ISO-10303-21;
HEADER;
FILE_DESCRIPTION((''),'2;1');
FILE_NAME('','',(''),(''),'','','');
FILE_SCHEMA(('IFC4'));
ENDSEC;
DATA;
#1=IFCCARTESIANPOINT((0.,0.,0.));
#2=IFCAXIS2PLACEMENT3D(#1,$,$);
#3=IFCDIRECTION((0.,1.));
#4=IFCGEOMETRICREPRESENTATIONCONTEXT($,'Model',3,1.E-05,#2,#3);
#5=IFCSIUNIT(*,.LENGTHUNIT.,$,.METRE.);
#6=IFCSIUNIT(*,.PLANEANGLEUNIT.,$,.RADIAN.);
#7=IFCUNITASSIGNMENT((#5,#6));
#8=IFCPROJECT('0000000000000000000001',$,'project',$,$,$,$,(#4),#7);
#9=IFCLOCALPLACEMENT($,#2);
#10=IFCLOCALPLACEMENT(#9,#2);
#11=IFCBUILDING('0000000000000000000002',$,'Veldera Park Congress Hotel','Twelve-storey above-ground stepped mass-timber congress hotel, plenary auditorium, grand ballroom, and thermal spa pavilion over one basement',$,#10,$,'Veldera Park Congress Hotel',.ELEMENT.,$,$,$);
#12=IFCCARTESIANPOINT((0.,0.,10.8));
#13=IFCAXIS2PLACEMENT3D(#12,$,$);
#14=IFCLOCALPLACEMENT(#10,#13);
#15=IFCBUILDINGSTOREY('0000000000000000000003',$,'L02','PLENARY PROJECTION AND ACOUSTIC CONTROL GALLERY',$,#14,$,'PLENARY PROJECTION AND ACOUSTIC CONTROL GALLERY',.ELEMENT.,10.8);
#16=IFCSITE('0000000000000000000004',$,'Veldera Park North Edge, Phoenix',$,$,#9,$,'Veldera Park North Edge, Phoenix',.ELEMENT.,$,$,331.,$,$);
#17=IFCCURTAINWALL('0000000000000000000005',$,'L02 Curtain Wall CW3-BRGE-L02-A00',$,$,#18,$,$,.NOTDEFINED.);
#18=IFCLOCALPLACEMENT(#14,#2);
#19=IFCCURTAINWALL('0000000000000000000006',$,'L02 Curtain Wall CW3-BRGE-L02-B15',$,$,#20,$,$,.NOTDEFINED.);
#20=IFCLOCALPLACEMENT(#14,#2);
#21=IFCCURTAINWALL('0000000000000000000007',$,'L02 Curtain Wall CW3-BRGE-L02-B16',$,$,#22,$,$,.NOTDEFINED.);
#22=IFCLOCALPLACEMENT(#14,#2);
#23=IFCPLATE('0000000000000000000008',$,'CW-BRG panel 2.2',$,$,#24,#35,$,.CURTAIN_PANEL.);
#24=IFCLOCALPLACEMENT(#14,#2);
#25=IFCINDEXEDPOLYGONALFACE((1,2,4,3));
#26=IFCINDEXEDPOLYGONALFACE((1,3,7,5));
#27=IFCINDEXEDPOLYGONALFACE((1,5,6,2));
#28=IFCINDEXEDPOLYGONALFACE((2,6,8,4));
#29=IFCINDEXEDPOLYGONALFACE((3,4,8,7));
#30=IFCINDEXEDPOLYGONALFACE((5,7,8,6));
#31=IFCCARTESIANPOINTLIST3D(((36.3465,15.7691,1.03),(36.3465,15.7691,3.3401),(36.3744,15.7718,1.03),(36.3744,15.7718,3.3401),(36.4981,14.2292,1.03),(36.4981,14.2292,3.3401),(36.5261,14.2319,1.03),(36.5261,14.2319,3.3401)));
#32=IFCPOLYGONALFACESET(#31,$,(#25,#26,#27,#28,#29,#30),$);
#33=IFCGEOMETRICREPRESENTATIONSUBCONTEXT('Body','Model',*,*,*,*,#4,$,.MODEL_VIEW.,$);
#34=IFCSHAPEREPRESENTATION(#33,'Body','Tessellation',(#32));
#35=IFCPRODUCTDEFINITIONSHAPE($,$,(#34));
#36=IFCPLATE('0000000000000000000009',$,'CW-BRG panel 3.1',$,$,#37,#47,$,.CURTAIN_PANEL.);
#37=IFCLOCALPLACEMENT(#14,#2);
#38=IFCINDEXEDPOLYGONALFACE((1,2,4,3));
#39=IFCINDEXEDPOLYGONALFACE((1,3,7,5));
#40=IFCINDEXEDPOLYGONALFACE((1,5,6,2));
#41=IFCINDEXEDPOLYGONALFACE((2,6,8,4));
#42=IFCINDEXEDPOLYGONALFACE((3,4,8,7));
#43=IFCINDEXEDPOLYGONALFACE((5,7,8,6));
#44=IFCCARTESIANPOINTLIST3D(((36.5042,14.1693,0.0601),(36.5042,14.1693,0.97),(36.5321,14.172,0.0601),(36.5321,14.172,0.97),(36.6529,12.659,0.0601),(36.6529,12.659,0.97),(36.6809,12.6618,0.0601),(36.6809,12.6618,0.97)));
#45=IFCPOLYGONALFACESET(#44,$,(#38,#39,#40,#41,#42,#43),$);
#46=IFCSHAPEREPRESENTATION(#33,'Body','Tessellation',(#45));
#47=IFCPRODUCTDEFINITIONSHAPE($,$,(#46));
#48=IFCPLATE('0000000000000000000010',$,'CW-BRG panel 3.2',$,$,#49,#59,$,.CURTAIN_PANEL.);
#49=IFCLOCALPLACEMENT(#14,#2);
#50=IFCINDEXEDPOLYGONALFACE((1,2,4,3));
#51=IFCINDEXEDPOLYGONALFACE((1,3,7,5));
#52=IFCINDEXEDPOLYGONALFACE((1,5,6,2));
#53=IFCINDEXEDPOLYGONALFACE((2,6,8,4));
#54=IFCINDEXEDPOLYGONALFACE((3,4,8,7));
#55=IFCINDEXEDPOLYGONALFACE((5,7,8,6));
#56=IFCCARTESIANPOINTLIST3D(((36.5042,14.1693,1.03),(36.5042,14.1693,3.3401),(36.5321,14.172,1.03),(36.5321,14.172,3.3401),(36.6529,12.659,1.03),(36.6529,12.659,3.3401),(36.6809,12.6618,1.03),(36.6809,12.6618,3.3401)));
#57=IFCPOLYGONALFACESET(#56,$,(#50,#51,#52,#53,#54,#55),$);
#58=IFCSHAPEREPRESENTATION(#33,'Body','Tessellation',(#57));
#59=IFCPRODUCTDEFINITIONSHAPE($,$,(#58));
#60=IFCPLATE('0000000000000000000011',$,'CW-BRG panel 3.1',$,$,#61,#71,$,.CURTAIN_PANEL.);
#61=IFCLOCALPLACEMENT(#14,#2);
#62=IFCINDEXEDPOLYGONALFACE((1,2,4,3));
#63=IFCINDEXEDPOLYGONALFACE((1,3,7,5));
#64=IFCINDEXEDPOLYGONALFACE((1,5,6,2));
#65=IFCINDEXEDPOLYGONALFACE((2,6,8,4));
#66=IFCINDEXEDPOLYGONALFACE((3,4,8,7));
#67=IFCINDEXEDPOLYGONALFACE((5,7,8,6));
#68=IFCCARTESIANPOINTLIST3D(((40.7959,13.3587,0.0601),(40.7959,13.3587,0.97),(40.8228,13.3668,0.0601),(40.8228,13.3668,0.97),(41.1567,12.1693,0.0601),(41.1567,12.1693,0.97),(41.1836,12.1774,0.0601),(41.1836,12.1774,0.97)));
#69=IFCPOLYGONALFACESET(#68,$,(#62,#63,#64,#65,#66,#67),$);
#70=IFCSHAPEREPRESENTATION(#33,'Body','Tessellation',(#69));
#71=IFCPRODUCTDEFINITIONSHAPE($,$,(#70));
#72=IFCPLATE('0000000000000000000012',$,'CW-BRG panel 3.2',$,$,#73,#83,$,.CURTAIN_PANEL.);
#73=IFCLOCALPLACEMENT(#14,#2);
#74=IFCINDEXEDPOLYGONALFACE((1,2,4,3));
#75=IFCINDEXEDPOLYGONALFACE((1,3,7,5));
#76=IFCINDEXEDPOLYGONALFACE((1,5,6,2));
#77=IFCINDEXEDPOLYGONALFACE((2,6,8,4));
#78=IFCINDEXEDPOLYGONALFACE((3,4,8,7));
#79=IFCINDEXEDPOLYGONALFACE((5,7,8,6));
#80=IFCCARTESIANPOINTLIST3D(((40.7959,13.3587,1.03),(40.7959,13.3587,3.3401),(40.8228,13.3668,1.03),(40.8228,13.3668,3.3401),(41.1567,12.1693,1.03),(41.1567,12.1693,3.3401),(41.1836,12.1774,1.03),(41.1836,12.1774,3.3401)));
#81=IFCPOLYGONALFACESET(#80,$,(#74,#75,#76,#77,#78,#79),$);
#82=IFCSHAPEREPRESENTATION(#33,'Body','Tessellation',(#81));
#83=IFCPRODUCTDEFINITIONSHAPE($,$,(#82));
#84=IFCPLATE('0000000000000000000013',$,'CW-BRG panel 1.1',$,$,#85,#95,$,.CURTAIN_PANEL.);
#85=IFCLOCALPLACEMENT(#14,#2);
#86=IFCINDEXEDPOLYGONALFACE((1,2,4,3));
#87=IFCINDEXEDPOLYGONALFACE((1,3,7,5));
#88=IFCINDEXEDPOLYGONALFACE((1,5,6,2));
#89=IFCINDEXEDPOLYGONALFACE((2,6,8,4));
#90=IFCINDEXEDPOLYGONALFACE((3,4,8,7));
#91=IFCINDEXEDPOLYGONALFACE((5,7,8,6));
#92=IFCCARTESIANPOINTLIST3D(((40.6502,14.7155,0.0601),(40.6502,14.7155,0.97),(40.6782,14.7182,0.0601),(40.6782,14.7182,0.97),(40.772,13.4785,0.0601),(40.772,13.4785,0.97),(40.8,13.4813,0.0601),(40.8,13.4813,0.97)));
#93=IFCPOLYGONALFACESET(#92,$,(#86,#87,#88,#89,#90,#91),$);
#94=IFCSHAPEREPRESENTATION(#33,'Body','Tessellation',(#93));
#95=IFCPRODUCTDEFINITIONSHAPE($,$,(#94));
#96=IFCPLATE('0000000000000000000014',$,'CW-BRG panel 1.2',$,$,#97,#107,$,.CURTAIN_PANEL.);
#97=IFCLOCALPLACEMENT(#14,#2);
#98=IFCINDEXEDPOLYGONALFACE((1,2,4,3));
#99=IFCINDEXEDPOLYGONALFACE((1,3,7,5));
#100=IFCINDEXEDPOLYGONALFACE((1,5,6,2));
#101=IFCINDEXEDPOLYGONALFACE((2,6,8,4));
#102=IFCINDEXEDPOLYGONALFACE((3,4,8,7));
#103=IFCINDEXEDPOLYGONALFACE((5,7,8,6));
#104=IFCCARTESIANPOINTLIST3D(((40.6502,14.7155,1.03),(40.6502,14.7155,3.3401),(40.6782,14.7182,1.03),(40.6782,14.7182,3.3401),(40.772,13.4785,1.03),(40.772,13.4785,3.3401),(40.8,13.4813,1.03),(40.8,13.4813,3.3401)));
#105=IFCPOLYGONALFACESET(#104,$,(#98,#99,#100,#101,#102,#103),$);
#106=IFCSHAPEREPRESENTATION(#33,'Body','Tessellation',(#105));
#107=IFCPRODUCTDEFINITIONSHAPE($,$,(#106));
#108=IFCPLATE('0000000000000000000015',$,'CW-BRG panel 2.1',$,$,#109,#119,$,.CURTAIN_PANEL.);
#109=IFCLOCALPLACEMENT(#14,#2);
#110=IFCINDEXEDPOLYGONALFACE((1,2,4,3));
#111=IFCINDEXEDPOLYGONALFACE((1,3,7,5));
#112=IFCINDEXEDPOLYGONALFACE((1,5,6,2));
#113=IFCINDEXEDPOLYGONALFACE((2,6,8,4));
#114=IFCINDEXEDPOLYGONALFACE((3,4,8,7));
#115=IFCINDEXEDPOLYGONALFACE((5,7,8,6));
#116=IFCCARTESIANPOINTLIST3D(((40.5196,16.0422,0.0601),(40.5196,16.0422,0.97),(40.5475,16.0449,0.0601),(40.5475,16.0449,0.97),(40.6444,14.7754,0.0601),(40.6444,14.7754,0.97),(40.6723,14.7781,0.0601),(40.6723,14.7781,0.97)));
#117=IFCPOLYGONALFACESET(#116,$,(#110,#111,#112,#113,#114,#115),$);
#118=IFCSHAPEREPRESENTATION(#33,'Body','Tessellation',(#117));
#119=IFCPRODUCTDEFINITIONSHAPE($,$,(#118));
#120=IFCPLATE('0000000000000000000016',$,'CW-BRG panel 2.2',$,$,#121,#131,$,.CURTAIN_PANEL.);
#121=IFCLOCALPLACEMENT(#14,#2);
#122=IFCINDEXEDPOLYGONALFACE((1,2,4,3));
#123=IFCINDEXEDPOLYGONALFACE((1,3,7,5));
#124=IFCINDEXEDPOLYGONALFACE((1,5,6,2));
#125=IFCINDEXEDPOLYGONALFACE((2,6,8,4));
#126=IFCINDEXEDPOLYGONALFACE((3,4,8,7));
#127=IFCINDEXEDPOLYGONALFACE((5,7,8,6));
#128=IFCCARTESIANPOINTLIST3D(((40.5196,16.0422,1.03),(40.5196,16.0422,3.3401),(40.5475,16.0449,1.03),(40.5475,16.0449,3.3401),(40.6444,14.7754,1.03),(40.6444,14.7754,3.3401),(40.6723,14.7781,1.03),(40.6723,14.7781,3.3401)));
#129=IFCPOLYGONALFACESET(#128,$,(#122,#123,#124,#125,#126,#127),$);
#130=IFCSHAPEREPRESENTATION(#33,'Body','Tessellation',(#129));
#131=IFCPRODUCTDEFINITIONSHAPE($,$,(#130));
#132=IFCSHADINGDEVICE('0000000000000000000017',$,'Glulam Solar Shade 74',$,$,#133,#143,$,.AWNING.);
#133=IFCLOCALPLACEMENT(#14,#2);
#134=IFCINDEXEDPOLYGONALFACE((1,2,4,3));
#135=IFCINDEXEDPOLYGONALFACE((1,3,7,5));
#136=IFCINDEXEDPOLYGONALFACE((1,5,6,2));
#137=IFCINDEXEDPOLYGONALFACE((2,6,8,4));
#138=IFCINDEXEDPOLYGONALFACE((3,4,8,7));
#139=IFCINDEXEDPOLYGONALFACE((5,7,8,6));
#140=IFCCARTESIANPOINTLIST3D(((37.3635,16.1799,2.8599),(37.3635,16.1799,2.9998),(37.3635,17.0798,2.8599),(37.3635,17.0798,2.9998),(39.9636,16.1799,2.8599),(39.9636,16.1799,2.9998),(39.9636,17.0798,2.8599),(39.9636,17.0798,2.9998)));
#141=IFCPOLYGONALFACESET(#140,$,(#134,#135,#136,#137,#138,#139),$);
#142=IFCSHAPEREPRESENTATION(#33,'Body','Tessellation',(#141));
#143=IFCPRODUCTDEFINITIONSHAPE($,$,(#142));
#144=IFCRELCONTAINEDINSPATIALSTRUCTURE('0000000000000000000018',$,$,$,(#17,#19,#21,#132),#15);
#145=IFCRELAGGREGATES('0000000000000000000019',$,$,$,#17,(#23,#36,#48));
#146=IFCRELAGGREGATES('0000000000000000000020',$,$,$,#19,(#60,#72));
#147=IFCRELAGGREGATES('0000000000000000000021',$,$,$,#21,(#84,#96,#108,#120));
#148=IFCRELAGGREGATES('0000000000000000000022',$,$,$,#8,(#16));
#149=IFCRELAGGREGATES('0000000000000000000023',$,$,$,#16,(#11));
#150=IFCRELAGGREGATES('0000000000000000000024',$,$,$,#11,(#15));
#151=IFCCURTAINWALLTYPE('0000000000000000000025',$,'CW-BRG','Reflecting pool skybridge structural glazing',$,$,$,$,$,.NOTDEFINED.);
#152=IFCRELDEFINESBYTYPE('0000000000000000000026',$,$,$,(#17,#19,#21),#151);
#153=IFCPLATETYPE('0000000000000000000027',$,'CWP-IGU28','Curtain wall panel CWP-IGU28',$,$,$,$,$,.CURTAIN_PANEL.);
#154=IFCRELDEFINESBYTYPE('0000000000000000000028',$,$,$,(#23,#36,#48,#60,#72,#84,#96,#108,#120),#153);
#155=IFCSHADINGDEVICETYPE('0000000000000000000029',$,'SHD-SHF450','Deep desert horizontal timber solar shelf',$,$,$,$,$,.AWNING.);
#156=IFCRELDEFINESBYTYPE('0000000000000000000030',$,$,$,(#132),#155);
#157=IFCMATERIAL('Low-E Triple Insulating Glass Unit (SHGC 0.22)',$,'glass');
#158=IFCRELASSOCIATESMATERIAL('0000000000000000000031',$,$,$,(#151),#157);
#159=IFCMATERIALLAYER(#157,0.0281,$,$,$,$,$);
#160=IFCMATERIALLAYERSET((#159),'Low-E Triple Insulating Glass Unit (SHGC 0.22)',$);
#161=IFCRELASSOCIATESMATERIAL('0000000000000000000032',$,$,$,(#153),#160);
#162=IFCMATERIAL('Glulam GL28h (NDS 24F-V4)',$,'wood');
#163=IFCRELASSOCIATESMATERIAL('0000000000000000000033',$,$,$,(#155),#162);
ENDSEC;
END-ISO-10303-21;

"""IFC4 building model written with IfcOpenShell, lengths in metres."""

from ifc_helpers import new_model, si_unit, direction, frame, origin, origin_2d, place, context, subcontext, project, spatial, rectangle, extrude, material, layer, layer_set, type_object, element, aggregate, save


model = new_model("IFC4")

# Units and contexts
model_context = context("Model", 3, precision=1e-05, world=origin(), true_north=direction((0.0, 1.0)))
body_context = subcontext(model_context, "Body", "Model", "MODEL_VIEW")
ifc_project = project(units=[si_unit("LENGTHUNIT", "METRE"), si_unit("PLANEANGLEUNIT", "RADIAN")], contexts=[model_context])

# Site, building, storey
site_placement = place(None, origin())
site = spatial("IfcSite", under=ifc_project, at=site_placement, Name="Veldera Park North Edge, Phoenix", LongName="Veldera Park North Edge, Phoenix", CompositionType="ELEMENT", RefElevation=331.0)
building_placement = place(site_placement, origin())
building = spatial("IfcBuilding", under=site, at=building_placement, Name="Veldera Park Congress Hotel", Description="Twelve-storey above-ground stepped mass-timber congress hotel, plenary auditorium, grand ballroom, and thermal spa pavilion over one basement", LongName="Veldera Park Congress Hotel", CompositionType="ELEMENT")
storey_placement = place(building_placement, frame((0.0, 0.0, 10.8)))
storey = spatial("IfcBuildingStorey", under=building, at=storey_placement, Name="L02", Description="PLENARY PROJECTION AND ACOUSTIC CONTROL GALLERY", LongName="PLENARY PROJECTION AND ACOUSTIC CONTROL GALLERY", CompositionType="ELEMENT", Elevation=10.8)

# Curtain wall
ifc_material_1 = material(Name="Low-E Triple Insulating Glass Unit (SHGC 0.22)", Category="glass")
curtain_wall_type = type_object("IfcCurtainWallType", Name="CW-BRG", Description="Reflecting pool skybridge structural glazing", PredefinedType="NOTDEFINED", material=ifc_material_1)
curtain_wall_1_placement = place(storey_placement, origin())
curtain_wall_1 = element("IfcCurtainWall", 1, at=curtain_wall_1_placement, inside=storey, type_object=curtain_wall_type, Name="L02 Curtain Wall CW3-BRGE-L02-A00", PredefinedType="NOTDEFINED")

# Curtain wall
curtain_wall_2_placement = place(storey_placement, origin())
curtain_wall_2 = element("IfcCurtainWall", 2, at=curtain_wall_2_placement, inside=storey, type_object=curtain_wall_type, Name="L02 Curtain Wall CW3-BRGE-L02-B15", PredefinedType="NOTDEFINED")

# Curtain wall
curtain_wall_3_placement = place(storey_placement, origin())
curtain_wall_3 = element("IfcCurtainWall", 3, at=curtain_wall_3_placement, inside=storey, type_object=curtain_wall_type, Name="L02 Curtain Wall CW3-BRGE-L02-B16", PredefinedType="NOTDEFINED")

# Plates
ifc_layer = layer(ifc_material_1, 0.0281)
ifc_layer_set = layer_set([ifc_layer], Name="Low-E Triple Insulating Glass Unit (SHGC 0.22)")
plate_type = type_object("IfcPlateType", Name="CWP-IGU28", Description="Curtain wall panel CWP-IGU28", PredefinedType="CURTAIN_PANEL", material=ifc_layer_set)
plate_1_placement = place(storey_placement, frame((36.4363, 15.0005, 1.03), z_axis=(0.0, 0.0, 1.0), x_axis=(0.098021, -0.995184, 0.0)))
plate_1 = element("IfcPlate", 4, at=plate_1_placement, type_object=plate_type, Name="CW-BRG panel 2.2", PredefinedType="CURTAIN_PANEL", context=body_context, shape_type="SweptSolid", body=[
    extrude(rectangle(XDim=1.5474, YDim=0.0281, at=origin_2d()), origin(), (0.0, 0.0, 1.0), 2.3101),
])
plate_2_placement = place(storey_placement, frame((36.5925, 13.4155, 0.0601), z_axis=(0.0, 0.0, 1.0), x_axis=(0.098021, -0.995184, 0.0)))
plate_2 = element("IfcPlate", 5, at=plate_2_placement, type_object=plate_type, Name="CW-BRG panel 3.1", PredefinedType="CURTAIN_PANEL", context=body_context, shape_type="SweptSolid", body=[
    extrude(rectangle(XDim=1.5176, YDim=0.0281, at=origin_2d()), origin(), (0.0, 0.0, 1.0), 0.9099),
])
plate_3_placement = place(storey_placement, frame((36.5925, 13.4155, 1.03), z_axis=(0.0, 0.0, 1.0), x_axis=(0.098021, -0.995184, 0.0)))
plate_3 = element("IfcPlate", 6, at=plate_3_placement, type_object=plate_type, Name="CW-BRG panel 3.2", PredefinedType="CURTAIN_PANEL", context=body_context, shape_type="SweptSolid", body=[
    extrude(rectangle(XDim=1.5176, YDim=0.0281, at=origin_2d()), origin(), (0.0, 0.0, 1.0), 2.3101),
])
aggregate(curtain_wall_1, [plate_1, plate_2, plate_3])
plate_4_placement = place(storey_placement, frame((40.9897, 12.7681, 0.0601), z_axis=(0.0, 0.0, 1.0), x_axis=(-0.29029, 0.956939, 0.0)))
plate_4 = element("IfcPlate", 7, at=plate_4_placement, type_object=plate_type, Name="CW-BRG panel 3.1", PredefinedType="CURTAIN_PANEL", context=body_context, shape_type="SweptSolid", body=[
    extrude(rectangle(XDim=1.2429, YDim=0.0281, at=origin_2d()), origin(), (0.0, 0.0, 1.0), 0.9099),
])
plate_5_placement = place(storey_placement, frame((40.9897, 12.7681, 1.03), z_axis=(0.0, 0.0, 1.0), x_axis=(-0.29029, 0.956939, 0.0)))
plate_5 = element("IfcPlate", 8, at=plate_5_placement, type_object=plate_type, Name="CW-BRG panel 3.2", PredefinedType="CURTAIN_PANEL", context=body_context, shape_type="SweptSolid", body=[
    extrude(rectangle(XDim=1.2429, YDim=0.0281, at=origin_2d()), origin(), (0.0, 0.0, 1.0), 2.3101),
])
aggregate(curtain_wall_2, [plate_4, plate_5])
plate_6_placement = place(storey_placement, frame((40.7251, 14.0984, 0.0601), z_axis=(0.0, 0.0, 1.0), x_axis=(-0.098023, 0.995184, 0.0)))
plate_6 = element("IfcPlate", 9, at=plate_6_placement, type_object=plate_type, Name="CW-BRG panel 1.1", PredefinedType="CURTAIN_PANEL", context=body_context, shape_type="SweptSolid", body=[
    extrude(rectangle(XDim=1.2429, YDim=0.0281, at=origin_2d()), origin(), (0.0, 0.0, 1.0), 0.9099),
])
plate_7_placement = place(storey_placement, frame((40.7251, 14.0984, 1.03), z_axis=(0.0, 0.0, 1.0), x_axis=(-0.098023, 0.995184, 0.0)))
plate_7 = element("IfcPlate", 10, at=plate_7_placement, type_object=plate_type, Name="CW-BRG panel 1.2", PredefinedType="CURTAIN_PANEL", context=body_context, shape_type="SweptSolid", body=[
    extrude(rectangle(XDim=1.2429, YDim=0.0281, at=origin_2d()), origin(), (0.0, 0.0, 1.0), 2.3101),
])
plate_8_placement = place(storey_placement, frame((40.5959, 15.4102, 0.0601), z_axis=(0.0, 0.0, 1.0), x_axis=(-0.098023, 0.995184, 0.0)))
plate_8 = element("IfcPlate", 11, at=plate_8_placement, type_object=plate_type, Name="CW-BRG panel 2.1", PredefinedType="CURTAIN_PANEL", context=body_context, shape_type="SweptSolid", body=[
    extrude(rectangle(XDim=1.2729, YDim=0.0281, at=origin_2d()), origin(), (0.0, 0.0, 1.0), 0.9099),
])
plate_9_placement = place(storey_placement, frame((40.5959, 15.4102, 1.03), z_axis=(0.0, 0.0, 1.0), x_axis=(-0.098023, 0.995184, 0.0)))
plate_9 = element("IfcPlate", 12, at=plate_9_placement, type_object=plate_type, Name="CW-BRG panel 2.2", PredefinedType="CURTAIN_PANEL", context=body_context, shape_type="SweptSolid", body=[
    extrude(rectangle(XDim=1.2729, YDim=0.0281, at=origin_2d()), origin(), (0.0, 0.0, 1.0), 2.3101),
])
aggregate(curtain_wall_3, [plate_6, plate_7, plate_8, plate_9])

# Shading device
ifc_material_2 = material(Name="Glulam GL28h (NDS 24F-V4)", Category="wood")
shading_device_type = type_object("IfcShadingDeviceType", Name="SHD-SHF450", Description="Deep desert horizontal timber solar shelf", PredefinedType="AWNING", material=ifc_material_2)
shading_device_placement = place(storey_placement, frame((38.6636, 16.6299, 2.8599), z_axis=(0.0, 0.0, 1.0), x_axis=(1.0, 0.0, 0.0)))
element("IfcShadingDevice", 13, at=shading_device_placement, inside=storey, type_object=shading_device_type, Name="Glulam Solar Shade 74", PredefinedType="AWNING", context=body_context, shape_type="SweptSolid", body=[
    extrude(rectangle(XDim=2.6001, YDim=0.8999, at=origin_2d()), origin(), (0.0, 0.0, 1.0), 0.1399),
])

save(model, "model.ifc")
